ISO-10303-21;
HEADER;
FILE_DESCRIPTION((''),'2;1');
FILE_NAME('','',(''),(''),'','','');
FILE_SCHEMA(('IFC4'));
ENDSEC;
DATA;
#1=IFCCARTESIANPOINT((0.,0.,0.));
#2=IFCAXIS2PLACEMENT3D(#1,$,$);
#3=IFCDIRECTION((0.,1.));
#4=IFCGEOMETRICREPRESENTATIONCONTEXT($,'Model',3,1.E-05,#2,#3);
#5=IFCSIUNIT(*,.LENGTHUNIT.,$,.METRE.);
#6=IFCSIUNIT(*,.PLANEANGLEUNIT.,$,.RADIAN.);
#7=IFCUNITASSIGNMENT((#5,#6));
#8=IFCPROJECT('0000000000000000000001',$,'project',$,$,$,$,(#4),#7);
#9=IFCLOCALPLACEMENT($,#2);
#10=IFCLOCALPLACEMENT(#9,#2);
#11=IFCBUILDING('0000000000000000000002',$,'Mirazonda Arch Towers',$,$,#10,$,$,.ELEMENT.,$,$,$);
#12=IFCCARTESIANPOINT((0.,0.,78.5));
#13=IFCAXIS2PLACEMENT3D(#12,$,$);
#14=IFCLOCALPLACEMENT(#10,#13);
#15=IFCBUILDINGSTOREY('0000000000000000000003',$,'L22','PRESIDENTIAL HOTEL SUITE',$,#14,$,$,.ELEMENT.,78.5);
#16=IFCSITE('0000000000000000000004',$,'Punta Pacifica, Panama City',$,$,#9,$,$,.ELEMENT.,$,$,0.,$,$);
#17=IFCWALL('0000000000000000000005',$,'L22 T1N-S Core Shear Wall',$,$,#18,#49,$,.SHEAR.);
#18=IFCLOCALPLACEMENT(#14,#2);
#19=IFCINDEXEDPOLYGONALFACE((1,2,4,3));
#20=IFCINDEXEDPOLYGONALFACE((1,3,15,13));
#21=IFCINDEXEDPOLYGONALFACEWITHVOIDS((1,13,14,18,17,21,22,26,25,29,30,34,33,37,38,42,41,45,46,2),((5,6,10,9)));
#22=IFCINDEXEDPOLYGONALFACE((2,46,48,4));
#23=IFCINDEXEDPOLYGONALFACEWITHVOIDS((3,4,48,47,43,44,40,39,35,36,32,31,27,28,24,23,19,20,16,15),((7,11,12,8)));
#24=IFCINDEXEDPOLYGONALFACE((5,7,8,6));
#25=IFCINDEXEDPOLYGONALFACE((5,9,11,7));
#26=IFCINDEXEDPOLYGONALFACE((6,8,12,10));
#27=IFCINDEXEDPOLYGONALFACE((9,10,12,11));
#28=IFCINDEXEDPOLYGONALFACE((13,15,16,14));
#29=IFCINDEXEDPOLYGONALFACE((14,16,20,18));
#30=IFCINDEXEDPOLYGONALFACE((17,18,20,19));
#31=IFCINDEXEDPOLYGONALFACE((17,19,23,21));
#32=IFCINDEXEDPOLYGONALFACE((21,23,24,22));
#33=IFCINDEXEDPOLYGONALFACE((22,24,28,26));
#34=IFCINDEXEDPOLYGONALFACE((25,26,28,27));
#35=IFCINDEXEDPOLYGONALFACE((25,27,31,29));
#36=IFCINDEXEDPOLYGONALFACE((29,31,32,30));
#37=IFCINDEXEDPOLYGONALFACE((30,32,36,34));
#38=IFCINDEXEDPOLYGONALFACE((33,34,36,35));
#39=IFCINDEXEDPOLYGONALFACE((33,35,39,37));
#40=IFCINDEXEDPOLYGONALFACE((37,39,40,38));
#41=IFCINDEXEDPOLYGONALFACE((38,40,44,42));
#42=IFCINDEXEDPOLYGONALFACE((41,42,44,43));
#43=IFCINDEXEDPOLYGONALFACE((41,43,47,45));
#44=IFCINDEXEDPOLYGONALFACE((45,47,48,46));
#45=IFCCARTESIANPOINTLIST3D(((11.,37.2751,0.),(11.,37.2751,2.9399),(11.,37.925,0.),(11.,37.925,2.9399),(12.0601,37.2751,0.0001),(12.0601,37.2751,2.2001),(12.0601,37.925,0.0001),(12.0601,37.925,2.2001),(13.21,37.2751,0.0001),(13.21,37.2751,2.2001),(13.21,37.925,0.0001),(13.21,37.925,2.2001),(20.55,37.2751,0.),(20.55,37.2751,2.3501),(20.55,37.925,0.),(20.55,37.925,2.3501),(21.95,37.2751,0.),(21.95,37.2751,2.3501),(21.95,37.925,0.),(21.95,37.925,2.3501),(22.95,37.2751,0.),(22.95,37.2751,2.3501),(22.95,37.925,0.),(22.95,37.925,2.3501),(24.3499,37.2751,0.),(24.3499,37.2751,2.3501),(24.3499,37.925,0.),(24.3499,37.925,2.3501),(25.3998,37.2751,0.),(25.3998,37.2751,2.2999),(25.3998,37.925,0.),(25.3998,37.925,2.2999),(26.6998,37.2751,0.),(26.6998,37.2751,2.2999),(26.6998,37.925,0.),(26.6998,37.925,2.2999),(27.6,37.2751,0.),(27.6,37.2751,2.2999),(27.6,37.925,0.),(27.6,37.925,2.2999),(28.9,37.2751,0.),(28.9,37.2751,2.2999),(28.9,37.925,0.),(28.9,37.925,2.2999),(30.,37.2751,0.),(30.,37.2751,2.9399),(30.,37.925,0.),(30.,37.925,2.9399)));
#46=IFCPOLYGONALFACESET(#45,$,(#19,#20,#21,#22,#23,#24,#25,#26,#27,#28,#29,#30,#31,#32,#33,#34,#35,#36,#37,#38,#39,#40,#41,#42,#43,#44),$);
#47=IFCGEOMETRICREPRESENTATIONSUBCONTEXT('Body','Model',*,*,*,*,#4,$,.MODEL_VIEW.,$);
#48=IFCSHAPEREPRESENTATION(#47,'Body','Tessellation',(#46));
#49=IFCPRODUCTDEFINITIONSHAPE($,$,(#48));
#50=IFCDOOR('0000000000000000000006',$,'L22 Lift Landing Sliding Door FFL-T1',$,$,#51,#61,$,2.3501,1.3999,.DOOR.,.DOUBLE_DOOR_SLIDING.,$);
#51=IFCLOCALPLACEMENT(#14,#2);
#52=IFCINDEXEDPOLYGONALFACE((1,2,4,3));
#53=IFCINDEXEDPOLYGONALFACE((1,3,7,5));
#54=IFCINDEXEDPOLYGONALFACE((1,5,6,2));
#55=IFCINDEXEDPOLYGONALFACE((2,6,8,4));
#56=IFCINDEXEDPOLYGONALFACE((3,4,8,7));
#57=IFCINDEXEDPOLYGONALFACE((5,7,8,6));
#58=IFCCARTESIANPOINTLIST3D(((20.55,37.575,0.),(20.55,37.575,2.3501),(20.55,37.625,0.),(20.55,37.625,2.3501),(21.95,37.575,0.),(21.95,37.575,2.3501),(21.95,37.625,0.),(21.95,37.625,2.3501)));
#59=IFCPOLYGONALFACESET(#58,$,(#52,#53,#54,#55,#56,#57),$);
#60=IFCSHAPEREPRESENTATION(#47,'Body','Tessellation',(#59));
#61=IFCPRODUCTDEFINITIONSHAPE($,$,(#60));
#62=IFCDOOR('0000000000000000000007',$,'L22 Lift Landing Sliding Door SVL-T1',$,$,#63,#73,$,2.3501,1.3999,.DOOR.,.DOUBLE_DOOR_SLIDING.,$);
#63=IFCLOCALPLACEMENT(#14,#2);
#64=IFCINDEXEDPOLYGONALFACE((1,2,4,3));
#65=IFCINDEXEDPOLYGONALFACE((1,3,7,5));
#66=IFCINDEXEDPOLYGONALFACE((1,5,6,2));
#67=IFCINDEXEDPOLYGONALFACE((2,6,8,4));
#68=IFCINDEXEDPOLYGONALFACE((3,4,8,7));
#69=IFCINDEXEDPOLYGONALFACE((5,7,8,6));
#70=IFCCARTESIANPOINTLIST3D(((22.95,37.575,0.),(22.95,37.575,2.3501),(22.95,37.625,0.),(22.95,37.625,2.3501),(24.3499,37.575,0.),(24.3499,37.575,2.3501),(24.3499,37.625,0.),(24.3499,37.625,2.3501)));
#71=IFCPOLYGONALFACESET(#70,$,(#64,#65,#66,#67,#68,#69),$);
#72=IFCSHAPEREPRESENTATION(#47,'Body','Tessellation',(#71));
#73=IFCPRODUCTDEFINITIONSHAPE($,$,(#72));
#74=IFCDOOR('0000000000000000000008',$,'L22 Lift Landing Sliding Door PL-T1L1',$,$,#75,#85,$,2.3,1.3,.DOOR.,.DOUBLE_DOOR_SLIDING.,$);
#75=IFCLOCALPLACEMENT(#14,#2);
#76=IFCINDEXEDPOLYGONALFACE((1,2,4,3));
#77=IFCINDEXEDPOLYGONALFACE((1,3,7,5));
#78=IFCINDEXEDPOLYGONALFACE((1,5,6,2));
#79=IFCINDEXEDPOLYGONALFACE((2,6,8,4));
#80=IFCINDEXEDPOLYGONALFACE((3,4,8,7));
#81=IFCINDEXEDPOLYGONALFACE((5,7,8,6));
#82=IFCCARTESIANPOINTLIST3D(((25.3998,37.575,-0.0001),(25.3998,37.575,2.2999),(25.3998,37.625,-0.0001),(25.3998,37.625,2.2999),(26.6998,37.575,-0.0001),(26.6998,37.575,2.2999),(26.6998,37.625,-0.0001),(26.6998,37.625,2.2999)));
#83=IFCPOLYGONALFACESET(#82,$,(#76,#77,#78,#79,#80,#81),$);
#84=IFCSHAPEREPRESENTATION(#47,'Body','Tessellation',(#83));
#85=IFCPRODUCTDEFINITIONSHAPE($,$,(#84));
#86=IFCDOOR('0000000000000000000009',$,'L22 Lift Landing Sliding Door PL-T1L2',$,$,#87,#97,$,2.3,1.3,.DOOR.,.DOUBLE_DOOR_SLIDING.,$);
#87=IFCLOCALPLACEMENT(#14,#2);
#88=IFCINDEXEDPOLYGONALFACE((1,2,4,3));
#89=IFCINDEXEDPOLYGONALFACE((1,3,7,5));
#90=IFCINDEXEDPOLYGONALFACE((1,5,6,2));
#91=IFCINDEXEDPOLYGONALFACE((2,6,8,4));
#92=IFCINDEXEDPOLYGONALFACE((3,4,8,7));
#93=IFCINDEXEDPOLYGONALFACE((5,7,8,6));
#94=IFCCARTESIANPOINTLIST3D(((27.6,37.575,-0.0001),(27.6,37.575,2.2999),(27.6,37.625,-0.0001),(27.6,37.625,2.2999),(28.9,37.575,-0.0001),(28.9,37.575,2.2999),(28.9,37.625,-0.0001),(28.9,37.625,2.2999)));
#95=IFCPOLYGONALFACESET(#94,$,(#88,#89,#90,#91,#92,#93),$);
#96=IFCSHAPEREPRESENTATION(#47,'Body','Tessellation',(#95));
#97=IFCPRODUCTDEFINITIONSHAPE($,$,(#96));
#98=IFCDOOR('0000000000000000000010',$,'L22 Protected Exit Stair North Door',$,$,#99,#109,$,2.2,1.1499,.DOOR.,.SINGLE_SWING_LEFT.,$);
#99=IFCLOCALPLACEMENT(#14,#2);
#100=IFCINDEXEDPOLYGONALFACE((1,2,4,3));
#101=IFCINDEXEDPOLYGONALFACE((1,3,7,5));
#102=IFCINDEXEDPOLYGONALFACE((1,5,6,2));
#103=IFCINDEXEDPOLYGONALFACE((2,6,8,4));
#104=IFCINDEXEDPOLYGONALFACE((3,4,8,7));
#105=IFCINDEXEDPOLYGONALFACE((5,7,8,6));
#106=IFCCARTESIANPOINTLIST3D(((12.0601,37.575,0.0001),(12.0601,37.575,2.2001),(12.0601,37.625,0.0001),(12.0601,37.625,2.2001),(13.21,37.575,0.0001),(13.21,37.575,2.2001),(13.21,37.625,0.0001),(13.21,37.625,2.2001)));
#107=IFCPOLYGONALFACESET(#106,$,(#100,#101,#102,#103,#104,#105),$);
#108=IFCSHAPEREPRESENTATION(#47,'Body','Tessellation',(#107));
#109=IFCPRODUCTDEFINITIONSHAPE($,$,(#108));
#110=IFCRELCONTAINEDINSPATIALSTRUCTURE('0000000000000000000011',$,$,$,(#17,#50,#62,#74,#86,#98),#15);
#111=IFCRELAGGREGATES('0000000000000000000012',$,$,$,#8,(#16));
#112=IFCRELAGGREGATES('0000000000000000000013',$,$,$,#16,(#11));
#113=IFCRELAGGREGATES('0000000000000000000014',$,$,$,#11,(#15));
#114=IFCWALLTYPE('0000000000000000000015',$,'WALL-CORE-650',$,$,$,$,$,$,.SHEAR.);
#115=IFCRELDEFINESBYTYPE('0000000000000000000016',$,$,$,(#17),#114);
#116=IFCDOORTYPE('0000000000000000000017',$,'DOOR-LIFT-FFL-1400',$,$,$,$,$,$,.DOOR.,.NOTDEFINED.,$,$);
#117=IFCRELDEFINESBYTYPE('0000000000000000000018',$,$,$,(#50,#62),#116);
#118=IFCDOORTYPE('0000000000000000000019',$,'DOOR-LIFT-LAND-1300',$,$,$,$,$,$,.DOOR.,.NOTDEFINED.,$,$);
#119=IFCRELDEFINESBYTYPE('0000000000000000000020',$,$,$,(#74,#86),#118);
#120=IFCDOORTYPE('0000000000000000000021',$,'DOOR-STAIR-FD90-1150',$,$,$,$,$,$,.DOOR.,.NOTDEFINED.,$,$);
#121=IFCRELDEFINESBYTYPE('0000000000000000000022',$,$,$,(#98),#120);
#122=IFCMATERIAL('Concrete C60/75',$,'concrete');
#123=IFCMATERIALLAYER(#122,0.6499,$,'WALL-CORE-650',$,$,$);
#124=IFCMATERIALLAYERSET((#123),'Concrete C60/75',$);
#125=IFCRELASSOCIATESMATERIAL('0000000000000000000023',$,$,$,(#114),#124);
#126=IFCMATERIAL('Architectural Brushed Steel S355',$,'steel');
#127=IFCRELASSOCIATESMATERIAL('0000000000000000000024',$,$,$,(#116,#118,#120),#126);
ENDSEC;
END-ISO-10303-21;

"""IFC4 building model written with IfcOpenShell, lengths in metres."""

from ifc_helpers import new_model, si_unit, direction, frame, frame_2d, origin, place, context, subcontext, project, spatial, rectangle, extrude, material, layer, layer_set, type_object, element, fill, save


model = new_model("IFC4")

# Units and contexts
model_context = context("Model", 3, precision=1e-05, world=origin(), true_north=direction((0.0, 1.0)))
body_context = subcontext(model_context, "Body", "Model", "MODEL_VIEW")
ifc_project = project(units=[si_unit("LENGTHUNIT", "METRE"), si_unit("PLANEANGLEUNIT", "RADIAN")], contexts=[model_context])

# Site, building, storey
site_placement = place(None, origin())
site = spatial("IfcSite", under=ifc_project, at=site_placement, Name="Punta Pacifica, Panama City", CompositionType="ELEMENT", RefElevation=0.0)
building_placement = place(site_placement, origin())
building = spatial("IfcBuilding", under=site, at=building_placement, Name="Mirazonda Arch Towers", CompositionType="ELEMENT")
storey_placement = place(building_placement, frame((0.0, 0.0, 78.5)))
storey = spatial("IfcBuildingStorey", under=building, at=storey_placement, Name="L22", Description="PRESIDENTIAL HOTEL SUITE", CompositionType="ELEMENT", Elevation=78.5)

# Shared definitions
ifc_material_1 = material(Name="Concrete C60/75", Category="concrete")

# Shared definitions
ifc_layer_1 = layer(ifc_material_1, 0.6499, Name="WALL-CORE-650")
ifc_layer_set_1 = layer_set([ifc_layer_1], Name="Concrete C60/75")
wall_type_1 = type_object("IfcWallType", Name="WALL-CORE-650", PredefinedType="SHEAR", material=ifc_layer_set_1)

# Wall, openings, doors
wall_1_placement = place(storey_placement, frame((11.0, 37.6001, 0.0), z_axis=(0.0, 0.0, 1.0), x_axis=(1.0, 0.0, 0.0)))
wall_1 = element("IfcWall", 1, at=wall_1_placement, inside=storey, type_object=wall_type_1, Name="L22 T1N-S Core Shear Wall", PredefinedType="SHEAR", context=body_context, shape_type="SweptSolid", body=[
    extrude(rectangle(XDim=19.0, YDim=0.6499, at=frame_2d((9.5, 0.0))), origin(), (0.0, 0.0, 1.0), 2.9399),
])
opening_1_placement = place(wall_1_placement, frame((1.0601, 0.0, 0.0)))
opening_1 = element("IfcOpeningElement", 2, at=opening_1_placement, cuts=wall_1, PredefinedType="OPENING", context=body_context, shape_type="SweptSolid", body=[
    extrude(rectangle(XDim=1.1499, YDim=2.2, at=frame_2d((0.575, 1.1001))), frame((0.0, 0.335, 0.0), z_axis=(0.0, -1.0, 0.0), x_axis=(1.0, 0.0, 0.0)), (0.0, 0.0, 1.0), 0.6699),
])
opening_2_placement = place(wall_1_placement, frame((9.55, 0.0, 0.0)))
opening_2 = element("IfcOpeningElement", 3, at=opening_2_placement, cuts=wall_1, PredefinedType="OPENING", context=body_context, shape_type="SweptSolid", body=[
    extrude(rectangle(XDim=1.3999, YDim=2.3501, at=frame_2d((0.7, 1.175))), frame((0.0, 0.335, 0.0), z_axis=(0.0, -1.0, 0.0), x_axis=(1.0, 0.0, 0.0)), (0.0, 0.0, 1.0), 0.6699),
])
opening_3_placement = place(wall_1_placement, frame((11.95, 0.0, 0.0)))
opening_3 = element("IfcOpeningElement", 4, at=opening_3_placement, cuts=wall_1, PredefinedType="OPENING", context=body_context, shape_type="SweptSolid", body=[
    extrude(rectangle(XDim=1.3999, YDim=2.3501, at=frame_2d((0.7, 1.175))), frame((0.0, 0.335, 0.0), z_axis=(0.0, -1.0, 0.0), x_axis=(1.0, 0.0, 0.0)), (0.0, 0.0, 1.0), 0.6699),
])
opening_4_placement = place(wall_1_placement, frame((14.3999, 0.0, 0.0)))
opening_4 = element("IfcOpeningElement", 5, at=opening_4_placement, cuts=wall_1, PredefinedType="OPENING", context=body_context, shape_type="SweptSolid", body=[
    extrude(rectangle(XDim=1.3, YDim=2.3, at=frame_2d((0.6499, 1.1499))), frame((0.0, 0.335, 0.0), z_axis=(0.0, -1.0, 0.0), x_axis=(1.0, 0.0, 0.0)), (0.0, 0.0, 1.0), 0.6699),
])
opening_5_placement = place(wall_1_placement, frame((16.6001, 0.0, 0.0)))
opening_5 = element("IfcOpeningElement", 6, at=opening_5_placement, cuts=wall_1, PredefinedType="OPENING", context=body_context, shape_type="SweptSolid", body=[
    extrude(rectangle(XDim=1.3, YDim=2.3, at=frame_2d((0.6499, 1.1499))), frame((0.0, 0.335, 0.0), z_axis=(0.0, -1.0, 0.0), x_axis=(1.0, 0.0, 0.0)), (0.0, 0.0, 1.0), 0.6699),
])
ifc_material_2 = material(Name="Architectural Brushed Steel S355", Category="steel")
door_type_1 = type_object("IfcDoorType", Name="DOOR-LIFT-FFL-1400", OperationType="NOTDEFINED", PredefinedType="DOOR", material=ifc_material_2)
door_1_placement = place(opening_2_placement, origin())
door_1 = element("IfcDoor", 7, at=door_1_placement, inside=storey, type_object=door_type_1, Name="L22 Lift Landing Sliding Door FFL-T1", OperationType="DOUBLE_DOOR_SLIDING", OverallHeight=2.3501, OverallWidth=1.3999, PredefinedType="DOOR", context=body_context, shape_type="SweptSolid", body=[
    extrude(rectangle(XDim=1.3999, YDim=2.3501, at=frame_2d((0.7, 1.175))), frame((0.0, 0.0249, 0.0), z_axis=(0.0, -1.0, 0.0), x_axis=(1.0, 0.0, 0.0)), (0.0, 0.0, 1.0), 0.05),
])
fill(opening_2, door_1)
door_2_placement = place(opening_3_placement, origin())
door_2 = element("IfcDoor", 8, at=door_2_placement, inside=storey, type_object=door_type_1, Name="L22 Lift Landing Sliding Door SVL-T1", OperationType="DOUBLE_DOOR_SLIDING", OverallHeight=2.3501, OverallWidth=1.3999, PredefinedType="DOOR", context=body_context, shape_type="SweptSolid", body=[
    extrude(rectangle(XDim=1.3999, YDim=2.3501, at=frame_2d((0.7, 1.175))), frame((0.0, 0.0249, 0.0), z_axis=(0.0, -1.0, 0.0), x_axis=(1.0, 0.0, 0.0)), (0.0, 0.0, 1.0), 0.05),
])
fill(opening_3, door_2)
door_type_2 = type_object("IfcDoorType", Name="DOOR-LIFT-LAND-1300", OperationType="NOTDEFINED", PredefinedType="DOOR", material=ifc_material_2)
door_3_placement = place(opening_4_placement, origin())
door_3 = element("IfcDoor", 9, at=door_3_placement, inside=storey, type_object=door_type_2, Name="L22 Lift Landing Sliding Door PL-T1L1", OperationType="DOUBLE_DOOR_SLIDING", OverallHeight=2.3, OverallWidth=1.3, PredefinedType="DOOR", context=body_context, shape_type="SweptSolid", body=[
    extrude(rectangle(XDim=1.3, YDim=2.3, at=frame_2d((0.6499, 1.1499))), frame((0.0, 0.0249, 0.0), z_axis=(0.0, -1.0, 0.0), x_axis=(1.0, 0.0, 0.0)), (0.0, 0.0, 1.0), 0.05),
])
fill(opening_4, door_3)
door_4_placement = place(opening_5_placement, origin())
door_4 = element("IfcDoor", 10, at=door_4_placement, inside=storey, type_object=door_type_2, Name="L22 Lift Landing Sliding Door PL-T1L2", OperationType="DOUBLE_DOOR_SLIDING", OverallHeight=2.3, OverallWidth=1.3, PredefinedType="DOOR", context=body_context, shape_type="SweptSolid", body=[
    extrude(rectangle(XDim=1.3, YDim=2.3, at=frame_2d((0.6499, 1.1499))), frame((0.0, 0.0249, 0.0), z_axis=(0.0, -1.0, 0.0), x_axis=(1.0, 0.0, 0.0)), (0.0, 0.0, 1.0), 0.05),
])
fill(opening_5, door_4)
door_type_3 = type_object("IfcDoorType", Name="DOOR-STAIR-FD90-1150", OperationType="NOTDEFINED", PredefinedType="DOOR", material=ifc_material_2)
door_5_placement = place(opening_1_placement, origin())
door_5 = element("IfcDoor", 11, at=door_5_placement, inside=storey, type_object=door_type_3, Name="L22 Protected Exit Stair North Door", OperationType="SINGLE_SWING_LEFT", OverallHeight=2.2, OverallWidth=1.1499, PredefinedType="DOOR", context=body_context, shape_type="SweptSolid", body=[
    extrude(rectangle(XDim=1.1499, YDim=2.2, at=frame_2d((0.575, 1.1001))), frame((0.0, 0.0249, 0.0), z_axis=(0.0, -1.0, 0.0), x_axis=(1.0, 0.0, 0.0)), (0.0, 0.0, 1.0), 0.05),
])
fill(opening_1, door_5)

save(model, "model.ifc")
